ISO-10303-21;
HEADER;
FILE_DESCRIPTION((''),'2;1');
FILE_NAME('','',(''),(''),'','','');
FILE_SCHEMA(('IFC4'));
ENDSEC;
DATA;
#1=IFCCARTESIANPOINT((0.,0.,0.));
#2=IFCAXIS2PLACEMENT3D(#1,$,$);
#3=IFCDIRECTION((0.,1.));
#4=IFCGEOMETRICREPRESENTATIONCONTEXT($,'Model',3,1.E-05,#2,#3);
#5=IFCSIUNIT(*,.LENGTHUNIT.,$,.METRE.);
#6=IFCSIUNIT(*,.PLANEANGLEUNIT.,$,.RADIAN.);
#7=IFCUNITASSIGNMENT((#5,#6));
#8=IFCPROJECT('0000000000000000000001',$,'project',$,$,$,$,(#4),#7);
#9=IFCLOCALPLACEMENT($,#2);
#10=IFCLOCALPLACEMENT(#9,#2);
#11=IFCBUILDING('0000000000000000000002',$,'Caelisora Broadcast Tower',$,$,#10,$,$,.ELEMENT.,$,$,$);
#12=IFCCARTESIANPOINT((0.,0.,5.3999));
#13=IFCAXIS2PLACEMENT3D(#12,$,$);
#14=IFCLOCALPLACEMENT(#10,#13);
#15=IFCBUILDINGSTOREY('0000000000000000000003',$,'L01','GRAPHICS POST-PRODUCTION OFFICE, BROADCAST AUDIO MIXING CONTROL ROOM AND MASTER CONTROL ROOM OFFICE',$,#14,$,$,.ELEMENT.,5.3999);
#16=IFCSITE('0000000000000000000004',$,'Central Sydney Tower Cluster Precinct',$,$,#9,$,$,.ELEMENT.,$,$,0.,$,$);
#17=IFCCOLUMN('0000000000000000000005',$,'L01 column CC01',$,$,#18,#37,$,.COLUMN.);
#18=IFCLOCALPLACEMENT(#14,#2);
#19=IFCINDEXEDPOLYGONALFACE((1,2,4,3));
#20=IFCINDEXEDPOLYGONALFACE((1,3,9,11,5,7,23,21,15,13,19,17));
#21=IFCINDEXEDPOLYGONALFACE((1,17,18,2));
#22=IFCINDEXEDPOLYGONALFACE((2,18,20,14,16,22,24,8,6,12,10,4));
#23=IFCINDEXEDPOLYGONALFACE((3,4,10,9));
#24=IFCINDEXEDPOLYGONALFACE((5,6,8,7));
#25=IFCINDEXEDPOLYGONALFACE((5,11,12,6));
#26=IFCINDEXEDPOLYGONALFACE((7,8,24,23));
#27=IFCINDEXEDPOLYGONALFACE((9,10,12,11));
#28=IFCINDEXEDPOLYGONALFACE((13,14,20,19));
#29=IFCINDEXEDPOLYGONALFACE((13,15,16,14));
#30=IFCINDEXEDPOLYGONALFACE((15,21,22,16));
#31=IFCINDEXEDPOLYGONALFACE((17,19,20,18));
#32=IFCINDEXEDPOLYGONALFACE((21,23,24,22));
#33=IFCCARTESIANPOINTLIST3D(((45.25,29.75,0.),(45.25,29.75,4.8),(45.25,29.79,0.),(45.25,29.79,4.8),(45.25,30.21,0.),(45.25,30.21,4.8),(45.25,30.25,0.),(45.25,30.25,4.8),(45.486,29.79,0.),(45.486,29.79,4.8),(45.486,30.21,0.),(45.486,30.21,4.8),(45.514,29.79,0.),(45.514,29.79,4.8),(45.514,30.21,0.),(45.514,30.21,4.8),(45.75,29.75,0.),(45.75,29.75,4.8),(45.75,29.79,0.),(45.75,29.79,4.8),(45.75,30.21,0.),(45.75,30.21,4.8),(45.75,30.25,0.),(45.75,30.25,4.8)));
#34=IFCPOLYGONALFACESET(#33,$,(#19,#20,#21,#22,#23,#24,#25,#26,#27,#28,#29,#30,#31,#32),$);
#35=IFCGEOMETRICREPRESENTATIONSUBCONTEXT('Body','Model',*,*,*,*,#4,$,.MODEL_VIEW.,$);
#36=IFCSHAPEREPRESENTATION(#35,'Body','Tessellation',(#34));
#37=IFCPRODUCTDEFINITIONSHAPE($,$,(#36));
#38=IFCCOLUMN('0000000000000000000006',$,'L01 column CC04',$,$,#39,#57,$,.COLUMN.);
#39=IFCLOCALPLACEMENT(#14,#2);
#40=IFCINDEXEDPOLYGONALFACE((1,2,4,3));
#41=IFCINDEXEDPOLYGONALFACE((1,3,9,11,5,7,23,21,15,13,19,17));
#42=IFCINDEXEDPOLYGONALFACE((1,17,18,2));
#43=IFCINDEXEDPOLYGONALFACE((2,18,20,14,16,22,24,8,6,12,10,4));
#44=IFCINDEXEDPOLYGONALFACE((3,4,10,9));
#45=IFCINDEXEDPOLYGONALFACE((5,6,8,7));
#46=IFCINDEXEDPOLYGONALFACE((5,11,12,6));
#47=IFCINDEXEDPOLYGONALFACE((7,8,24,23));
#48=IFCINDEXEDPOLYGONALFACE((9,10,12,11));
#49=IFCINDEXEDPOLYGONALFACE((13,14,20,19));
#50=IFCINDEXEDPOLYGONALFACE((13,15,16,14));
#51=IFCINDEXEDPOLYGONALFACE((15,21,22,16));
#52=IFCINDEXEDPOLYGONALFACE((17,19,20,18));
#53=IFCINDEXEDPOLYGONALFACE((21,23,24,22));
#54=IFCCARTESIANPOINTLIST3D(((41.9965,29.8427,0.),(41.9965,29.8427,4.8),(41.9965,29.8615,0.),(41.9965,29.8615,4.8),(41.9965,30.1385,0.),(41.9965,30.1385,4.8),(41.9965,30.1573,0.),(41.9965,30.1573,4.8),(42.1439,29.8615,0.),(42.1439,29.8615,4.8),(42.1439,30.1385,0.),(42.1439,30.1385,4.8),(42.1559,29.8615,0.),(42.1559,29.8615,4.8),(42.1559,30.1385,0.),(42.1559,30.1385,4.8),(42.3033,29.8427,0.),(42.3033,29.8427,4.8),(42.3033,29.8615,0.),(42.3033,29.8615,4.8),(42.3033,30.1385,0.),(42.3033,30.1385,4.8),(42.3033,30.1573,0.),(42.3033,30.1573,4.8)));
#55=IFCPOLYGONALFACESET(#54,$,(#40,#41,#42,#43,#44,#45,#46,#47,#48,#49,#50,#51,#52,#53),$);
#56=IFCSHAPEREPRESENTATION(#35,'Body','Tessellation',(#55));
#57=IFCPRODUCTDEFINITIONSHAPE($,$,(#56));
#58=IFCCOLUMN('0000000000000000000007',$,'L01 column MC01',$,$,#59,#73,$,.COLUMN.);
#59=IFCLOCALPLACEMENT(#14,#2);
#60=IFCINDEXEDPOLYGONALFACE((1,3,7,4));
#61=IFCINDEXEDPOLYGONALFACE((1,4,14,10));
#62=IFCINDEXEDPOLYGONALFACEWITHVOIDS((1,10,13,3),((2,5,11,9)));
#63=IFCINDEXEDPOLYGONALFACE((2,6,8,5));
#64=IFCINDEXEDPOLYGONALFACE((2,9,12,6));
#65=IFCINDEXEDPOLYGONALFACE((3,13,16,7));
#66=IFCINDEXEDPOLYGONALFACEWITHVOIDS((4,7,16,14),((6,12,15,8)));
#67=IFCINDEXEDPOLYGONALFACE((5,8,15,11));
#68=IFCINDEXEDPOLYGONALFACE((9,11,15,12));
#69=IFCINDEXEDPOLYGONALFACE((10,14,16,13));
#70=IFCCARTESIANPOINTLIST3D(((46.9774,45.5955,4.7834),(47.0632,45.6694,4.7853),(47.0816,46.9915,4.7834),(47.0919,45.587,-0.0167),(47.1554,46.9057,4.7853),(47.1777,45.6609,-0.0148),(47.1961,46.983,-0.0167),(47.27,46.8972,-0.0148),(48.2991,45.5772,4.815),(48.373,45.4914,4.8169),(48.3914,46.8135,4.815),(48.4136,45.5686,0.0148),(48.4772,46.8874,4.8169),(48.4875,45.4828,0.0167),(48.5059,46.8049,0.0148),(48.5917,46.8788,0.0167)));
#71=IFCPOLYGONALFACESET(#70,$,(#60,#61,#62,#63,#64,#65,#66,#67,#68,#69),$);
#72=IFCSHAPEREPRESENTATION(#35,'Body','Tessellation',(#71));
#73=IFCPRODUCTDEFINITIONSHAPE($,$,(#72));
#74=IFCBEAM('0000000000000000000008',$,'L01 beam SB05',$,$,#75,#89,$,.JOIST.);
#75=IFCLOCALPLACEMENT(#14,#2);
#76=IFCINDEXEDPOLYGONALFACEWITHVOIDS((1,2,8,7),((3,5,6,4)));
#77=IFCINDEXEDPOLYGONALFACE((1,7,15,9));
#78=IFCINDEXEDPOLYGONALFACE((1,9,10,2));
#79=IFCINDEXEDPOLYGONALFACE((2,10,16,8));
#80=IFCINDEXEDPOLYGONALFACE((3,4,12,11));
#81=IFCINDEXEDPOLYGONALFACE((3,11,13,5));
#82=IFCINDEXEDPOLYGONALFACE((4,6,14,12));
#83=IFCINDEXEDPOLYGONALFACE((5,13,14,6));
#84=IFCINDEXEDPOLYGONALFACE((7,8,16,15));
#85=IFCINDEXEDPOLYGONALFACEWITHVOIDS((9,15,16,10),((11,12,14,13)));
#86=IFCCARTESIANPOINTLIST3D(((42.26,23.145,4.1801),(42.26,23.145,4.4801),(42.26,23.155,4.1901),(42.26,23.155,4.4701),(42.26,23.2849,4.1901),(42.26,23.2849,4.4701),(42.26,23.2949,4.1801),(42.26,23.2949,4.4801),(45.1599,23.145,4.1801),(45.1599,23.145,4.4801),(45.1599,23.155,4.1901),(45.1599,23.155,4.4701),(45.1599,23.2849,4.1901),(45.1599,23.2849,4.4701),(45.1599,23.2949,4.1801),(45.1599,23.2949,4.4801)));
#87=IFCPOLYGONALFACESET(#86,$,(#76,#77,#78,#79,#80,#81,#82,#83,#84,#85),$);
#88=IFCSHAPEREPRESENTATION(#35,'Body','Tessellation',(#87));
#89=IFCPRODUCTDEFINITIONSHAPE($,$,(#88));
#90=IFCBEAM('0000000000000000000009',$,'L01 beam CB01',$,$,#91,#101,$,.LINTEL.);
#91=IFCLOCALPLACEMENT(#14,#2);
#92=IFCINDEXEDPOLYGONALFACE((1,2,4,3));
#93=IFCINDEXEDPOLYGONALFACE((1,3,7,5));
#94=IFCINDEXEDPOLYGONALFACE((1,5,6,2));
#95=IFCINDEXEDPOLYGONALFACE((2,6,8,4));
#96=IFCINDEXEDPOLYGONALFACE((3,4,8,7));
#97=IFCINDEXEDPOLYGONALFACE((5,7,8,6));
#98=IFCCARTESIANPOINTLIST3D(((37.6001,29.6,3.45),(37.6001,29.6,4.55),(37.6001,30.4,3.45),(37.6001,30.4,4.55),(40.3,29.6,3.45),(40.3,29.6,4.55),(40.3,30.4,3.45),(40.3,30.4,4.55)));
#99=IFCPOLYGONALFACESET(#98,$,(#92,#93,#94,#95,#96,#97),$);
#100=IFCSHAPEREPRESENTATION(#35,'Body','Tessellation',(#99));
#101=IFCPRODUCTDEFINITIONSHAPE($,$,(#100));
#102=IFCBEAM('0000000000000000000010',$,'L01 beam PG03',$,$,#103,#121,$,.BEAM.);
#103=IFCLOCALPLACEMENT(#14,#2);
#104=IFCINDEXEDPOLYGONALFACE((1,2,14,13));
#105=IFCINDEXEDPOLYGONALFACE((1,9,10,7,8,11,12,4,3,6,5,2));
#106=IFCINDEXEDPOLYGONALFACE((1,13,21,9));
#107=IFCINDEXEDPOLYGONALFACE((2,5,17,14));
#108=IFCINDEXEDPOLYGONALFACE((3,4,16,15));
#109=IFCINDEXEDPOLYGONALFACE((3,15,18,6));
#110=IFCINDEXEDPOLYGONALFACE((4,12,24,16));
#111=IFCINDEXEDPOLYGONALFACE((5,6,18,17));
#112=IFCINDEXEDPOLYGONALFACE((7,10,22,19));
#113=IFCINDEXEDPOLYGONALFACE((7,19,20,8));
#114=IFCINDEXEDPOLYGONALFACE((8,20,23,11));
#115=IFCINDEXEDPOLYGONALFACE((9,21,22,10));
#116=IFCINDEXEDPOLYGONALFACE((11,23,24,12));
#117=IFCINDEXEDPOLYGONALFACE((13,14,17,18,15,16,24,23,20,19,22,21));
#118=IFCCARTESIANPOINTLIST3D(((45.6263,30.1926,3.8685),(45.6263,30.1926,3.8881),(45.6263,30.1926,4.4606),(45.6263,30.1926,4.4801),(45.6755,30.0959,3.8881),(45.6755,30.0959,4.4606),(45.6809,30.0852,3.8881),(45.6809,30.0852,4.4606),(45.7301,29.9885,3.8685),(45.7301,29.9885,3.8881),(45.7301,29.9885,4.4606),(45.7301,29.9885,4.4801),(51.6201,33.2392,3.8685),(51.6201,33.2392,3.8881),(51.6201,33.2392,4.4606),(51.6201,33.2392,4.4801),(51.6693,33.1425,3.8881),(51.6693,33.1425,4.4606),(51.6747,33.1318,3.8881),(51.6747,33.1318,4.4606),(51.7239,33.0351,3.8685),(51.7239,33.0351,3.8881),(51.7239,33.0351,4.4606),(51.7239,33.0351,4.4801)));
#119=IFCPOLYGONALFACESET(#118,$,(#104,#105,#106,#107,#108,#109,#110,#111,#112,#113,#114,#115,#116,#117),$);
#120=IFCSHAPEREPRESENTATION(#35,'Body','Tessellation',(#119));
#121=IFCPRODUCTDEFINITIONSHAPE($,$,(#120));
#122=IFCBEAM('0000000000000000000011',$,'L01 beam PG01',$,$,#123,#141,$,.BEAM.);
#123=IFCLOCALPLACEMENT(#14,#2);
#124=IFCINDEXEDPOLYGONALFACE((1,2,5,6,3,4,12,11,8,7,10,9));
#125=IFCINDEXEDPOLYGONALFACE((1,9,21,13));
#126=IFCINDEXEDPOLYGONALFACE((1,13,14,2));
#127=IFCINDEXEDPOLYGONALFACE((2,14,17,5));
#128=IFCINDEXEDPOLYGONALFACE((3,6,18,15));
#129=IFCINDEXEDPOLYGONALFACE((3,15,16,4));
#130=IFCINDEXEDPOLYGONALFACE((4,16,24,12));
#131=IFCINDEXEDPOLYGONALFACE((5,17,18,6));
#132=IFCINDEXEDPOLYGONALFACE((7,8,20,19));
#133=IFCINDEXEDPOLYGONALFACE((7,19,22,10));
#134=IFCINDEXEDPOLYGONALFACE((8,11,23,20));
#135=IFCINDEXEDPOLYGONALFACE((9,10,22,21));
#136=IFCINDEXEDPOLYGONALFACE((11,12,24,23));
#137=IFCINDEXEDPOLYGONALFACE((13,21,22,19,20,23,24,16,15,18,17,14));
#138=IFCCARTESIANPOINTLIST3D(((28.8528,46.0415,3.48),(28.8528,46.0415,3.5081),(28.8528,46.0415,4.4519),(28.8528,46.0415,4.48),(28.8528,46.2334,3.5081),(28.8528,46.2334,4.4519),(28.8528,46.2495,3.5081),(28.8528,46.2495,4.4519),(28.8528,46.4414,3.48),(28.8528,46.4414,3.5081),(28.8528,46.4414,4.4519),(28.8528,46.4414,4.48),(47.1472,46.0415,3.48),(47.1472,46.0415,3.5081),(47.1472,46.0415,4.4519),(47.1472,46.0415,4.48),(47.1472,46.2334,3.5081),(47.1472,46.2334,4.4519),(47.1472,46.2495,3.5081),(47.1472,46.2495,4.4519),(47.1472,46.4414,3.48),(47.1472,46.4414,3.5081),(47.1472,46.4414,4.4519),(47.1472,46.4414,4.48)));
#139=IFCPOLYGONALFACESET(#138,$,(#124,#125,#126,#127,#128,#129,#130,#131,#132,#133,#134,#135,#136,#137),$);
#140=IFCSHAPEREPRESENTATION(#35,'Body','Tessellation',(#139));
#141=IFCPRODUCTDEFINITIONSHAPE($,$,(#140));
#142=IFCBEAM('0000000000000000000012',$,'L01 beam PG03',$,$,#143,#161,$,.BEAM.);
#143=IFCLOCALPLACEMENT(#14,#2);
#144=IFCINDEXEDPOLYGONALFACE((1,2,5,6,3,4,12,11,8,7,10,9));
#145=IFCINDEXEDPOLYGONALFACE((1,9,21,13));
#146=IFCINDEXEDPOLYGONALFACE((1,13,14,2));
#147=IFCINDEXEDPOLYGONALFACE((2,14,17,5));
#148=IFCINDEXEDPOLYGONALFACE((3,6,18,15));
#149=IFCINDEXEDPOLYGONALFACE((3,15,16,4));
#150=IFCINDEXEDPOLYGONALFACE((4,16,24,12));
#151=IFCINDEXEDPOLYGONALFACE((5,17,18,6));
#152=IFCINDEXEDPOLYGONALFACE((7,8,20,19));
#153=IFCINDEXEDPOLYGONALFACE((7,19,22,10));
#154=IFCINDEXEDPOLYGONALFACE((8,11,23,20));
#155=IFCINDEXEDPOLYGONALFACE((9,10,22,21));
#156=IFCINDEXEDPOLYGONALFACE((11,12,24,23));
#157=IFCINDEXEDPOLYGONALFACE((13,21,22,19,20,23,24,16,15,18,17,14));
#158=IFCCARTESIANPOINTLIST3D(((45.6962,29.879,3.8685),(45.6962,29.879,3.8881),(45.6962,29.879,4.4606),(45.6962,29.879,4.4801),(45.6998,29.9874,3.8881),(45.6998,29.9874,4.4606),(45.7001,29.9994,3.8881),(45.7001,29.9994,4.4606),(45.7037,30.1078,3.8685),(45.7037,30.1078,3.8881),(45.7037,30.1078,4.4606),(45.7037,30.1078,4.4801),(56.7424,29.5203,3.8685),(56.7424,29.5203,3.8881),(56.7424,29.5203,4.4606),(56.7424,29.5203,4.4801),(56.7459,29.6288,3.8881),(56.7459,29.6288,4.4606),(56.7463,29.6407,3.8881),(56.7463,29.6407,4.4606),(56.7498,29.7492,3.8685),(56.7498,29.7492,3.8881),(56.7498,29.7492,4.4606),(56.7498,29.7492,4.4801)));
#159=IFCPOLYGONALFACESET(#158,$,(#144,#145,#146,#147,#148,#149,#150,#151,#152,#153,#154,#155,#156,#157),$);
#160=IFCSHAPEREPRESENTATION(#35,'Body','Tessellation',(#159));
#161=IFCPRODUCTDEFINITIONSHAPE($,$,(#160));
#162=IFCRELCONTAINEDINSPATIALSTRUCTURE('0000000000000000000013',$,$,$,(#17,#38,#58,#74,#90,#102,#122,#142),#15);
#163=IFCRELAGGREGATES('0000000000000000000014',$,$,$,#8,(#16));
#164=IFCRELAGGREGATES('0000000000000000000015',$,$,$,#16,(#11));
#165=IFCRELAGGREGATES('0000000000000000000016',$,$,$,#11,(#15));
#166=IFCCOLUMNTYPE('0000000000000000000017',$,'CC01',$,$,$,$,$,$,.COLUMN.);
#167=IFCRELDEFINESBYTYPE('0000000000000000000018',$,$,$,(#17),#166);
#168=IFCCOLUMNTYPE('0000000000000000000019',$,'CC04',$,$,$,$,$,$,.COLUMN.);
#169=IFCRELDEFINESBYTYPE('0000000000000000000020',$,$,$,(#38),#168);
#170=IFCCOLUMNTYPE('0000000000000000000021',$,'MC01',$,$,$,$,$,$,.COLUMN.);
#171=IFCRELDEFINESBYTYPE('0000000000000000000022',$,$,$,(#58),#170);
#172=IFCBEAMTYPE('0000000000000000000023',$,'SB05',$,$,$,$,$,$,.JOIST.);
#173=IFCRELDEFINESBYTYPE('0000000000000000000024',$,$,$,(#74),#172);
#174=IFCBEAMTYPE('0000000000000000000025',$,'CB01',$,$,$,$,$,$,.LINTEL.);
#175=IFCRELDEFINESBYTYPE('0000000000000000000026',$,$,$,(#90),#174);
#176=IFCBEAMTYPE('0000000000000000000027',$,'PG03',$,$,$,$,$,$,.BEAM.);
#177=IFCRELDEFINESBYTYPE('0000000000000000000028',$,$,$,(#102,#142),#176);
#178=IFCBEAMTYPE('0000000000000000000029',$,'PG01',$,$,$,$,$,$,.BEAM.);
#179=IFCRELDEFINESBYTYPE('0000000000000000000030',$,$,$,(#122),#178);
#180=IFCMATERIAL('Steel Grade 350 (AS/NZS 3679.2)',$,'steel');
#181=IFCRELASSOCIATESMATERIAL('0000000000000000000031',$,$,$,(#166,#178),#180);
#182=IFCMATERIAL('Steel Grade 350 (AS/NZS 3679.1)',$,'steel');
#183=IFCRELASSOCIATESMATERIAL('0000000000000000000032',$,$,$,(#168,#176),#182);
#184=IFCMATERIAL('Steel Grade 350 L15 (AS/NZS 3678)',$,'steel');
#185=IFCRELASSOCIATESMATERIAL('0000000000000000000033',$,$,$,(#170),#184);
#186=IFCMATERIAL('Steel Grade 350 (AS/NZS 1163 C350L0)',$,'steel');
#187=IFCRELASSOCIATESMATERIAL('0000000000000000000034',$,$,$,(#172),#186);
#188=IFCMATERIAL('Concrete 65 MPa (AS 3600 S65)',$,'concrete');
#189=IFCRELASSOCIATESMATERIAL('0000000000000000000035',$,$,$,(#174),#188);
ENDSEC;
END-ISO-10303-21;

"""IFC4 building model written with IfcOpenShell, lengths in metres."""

from ifc_helpers import new_model, si_unit, direction, frame, origin, origin_2d, place, context, subcontext, project, spatial, rectangle, hollow_rectangle, i_section, extrude, source, transform, mapped, material, material_profile, profile_set, type_object, type_shapes, element, save


model = new_model("IFC4")

# Units and contexts
model_context = context("Model", 3, precision=1e-05, world=origin(), true_north=direction((0.0, 1.0)))
body_context = subcontext(model_context, "Body", "Model", "MODEL_VIEW")
ifc_project = project(units=[si_unit("LENGTHUNIT", "METRE"), si_unit("PLANEANGLEUNIT", "RADIAN")], contexts=[model_context])

# Site, building, storey
site_placement = place(None, origin())
site = spatial("IfcSite", under=ifc_project, at=site_placement, Name="Central Sydney Tower Cluster Precinct", CompositionType="ELEMENT", RefElevation=0.0)
building_placement = place(site_placement, origin())
building = spatial("IfcBuilding", under=site, at=building_placement, Name="Caelisora Broadcast Tower", CompositionType="ELEMENT")
storey_placement = place(building_placement, frame((0.0, 0.0, 5.3999)))
storey = spatial("IfcBuildingStorey", under=building, at=storey_placement, Name="L01", Description="GRAPHICS POST-PRODUCTION OFFICE, BROADCAST AUDIO MIXING CONTROL ROOM AND MASTER CONTROL ROOM OFFICE", CompositionType="ELEMENT", Elevation=5.3999)

# Columns
ifc_material_1 = material(Name="Steel Grade 350 (AS/NZS 3679.2)", Category="steel")
ifc_material_profile_1 = material_profile(ifc_material_1, i_section(OverallWidth=0.5, OverallDepth=0.5, WebThickness=0.0281, FlangeThickness=0.04, at=origin_2d()), Name="Steel Grade 350 (AS/NZS 3679.2)")
ifc_profile_set_1 = profile_set([ifc_material_profile_1], Name="Steel Grade 350 (AS/NZS 3679.2)")
column_type_1 = type_object("IfcColumnType", Name="CC01", PredefinedType="COLUMN", material=ifc_profile_set_1)
shared_shape_1 = source(origin(), body_context, "Body", "SweptSolid", [
    extrude(i_section(OverallWidth=0.5, OverallDepth=0.5, WebThickness=0.0281, FlangeThickness=0.04, at=origin_2d()), origin(), (0.0, 0.0, 1.0), 4.8),
])
type_shapes(column_type_1, [shared_shape_1])
column_1_placement = place(storey_placement, frame((45.5, 30.0, 0.0), z_axis=(0.0, 0.0, 1.0), x_axis=(1.0, 0.0, 0.0)))
element("IfcColumn", 1, at=column_1_placement, inside=storey, type_object=column_type_1, Name="L01 column CC01", PredefinedType="COLUMN", context=body_context, shape_type="MappedRepresentation", body=[
    mapped(shared_shape_1, transform((0.0, 0.0, 0.0), scale=1.0)),
])
ifc_material_2 = material(Name="Steel Grade 350 (AS/NZS 3679.1)", Category="steel")
ifc_material_profile_2 = material_profile(ifc_material_2, i_section(OverallWidth=0.3069, OverallDepth=0.3147, WebThickness=0.012, FlangeThickness=0.0188, at=origin_2d()), Name="Steel Grade 350 (AS/NZS 3679.1)")
ifc_profile_set_2 = profile_set([ifc_material_profile_2], Name="Steel Grade 350 (AS/NZS 3679.1)")
column_type_2 = type_object("IfcColumnType", Name="CC04", PredefinedType="COLUMN", material=ifc_profile_set_2)
shared_shape_2 = source(origin(), body_context, "Body", "SweptSolid", [
    extrude(i_section(OverallWidth=0.3069, OverallDepth=0.3147, WebThickness=0.012, FlangeThickness=0.0188, at=origin_2d()), origin(), (0.0, 0.0, 1.0), 4.8),
])
type_shapes(column_type_2, [shared_shape_2])
column_2_placement = place(storey_placement, frame((42.1499, 30.0, 0.0), z_axis=(0.0, 0.0, 1.0), x_axis=(1.0, 0.0, 0.0)))
element("IfcColumn", 2, at=column_2_placement, inside=storey, type_object=column_type_2, Name="L01 column CC04", PredefinedType="COLUMN", context=body_context, shape_type="MappedRepresentation", body=[
    mapped(shared_shape_2, transform((0.0, 0.0, 0.0), scale=1.0)),
])
ifc_material_3 = material(Name="Steel Grade 350 L15 (AS/NZS 3678)", Category="steel")
ifc_material_profile_3 = material_profile(ifc_material_3, hollow_rectangle(XDim=1.3999, YDim=1.3999, WallThickness=0.0801, at=origin_2d()), Name="Steel Grade 350 L15 (AS/NZS 3678)")
ifc_profile_set_3 = profile_set([ifc_material_profile_3], Name="Steel Grade 350 L15 (AS/NZS 3678)")
column_type_3 = type_object("IfcColumnType", Name="MC01", PredefinedType="COLUMN", material=ifc_profile_set_3)
shared_shape_3 = source(origin(), body_context, "Body", "SweptSolid", [
    extrude(hollow_rectangle(XDim=1.3999, YDim=1.3999, WallThickness=0.0801, at=origin_2d()), origin(), (0.0, 0.0, 1.0), 4.8015),
])
type_shapes(column_type_3, [shared_shape_3])
column_3_placement = place(storey_placement, frame((47.8418, 46.2329, 0.0), z_axis=(-0.023848, 0.00178, 0.999714), x_axis=(-0.07442, -0.997227, 0.0)))
element("IfcColumn", 3, at=column_3_placement, inside=storey, type_object=column_type_3, Name="L01 column MC01", PredefinedType="COLUMN", context=body_context, shape_type="MappedRepresentation", body=[
    mapped(shared_shape_3, transform((0.0, 0.0, 0.0), scale=1.0)),
])

# Beams
ifc_material_4 = material(Name="Steel Grade 350 (AS/NZS 1163 C350L0)", Category="steel")
ifc_material_profile_4 = material_profile(ifc_material_4, hollow_rectangle(XDim=0.1499, YDim=0.3, WallThickness=0.01, at=origin_2d()), Name="Steel Grade 350 (AS/NZS 1163 C350L0)")
ifc_profile_set_4 = profile_set([ifc_material_profile_4], Name="Steel Grade 350 (AS/NZS 1163 C350L0)")
beam_type_1 = type_object("IfcBeamType", Name="SB05", PredefinedType="JOIST", material=ifc_profile_set_4)
shared_shape_4 = source(origin(), body_context, "Body", "SweptSolid", [
    extrude(hollow_rectangle(XDim=0.1499, YDim=0.3, WallThickness=0.01, at=origin_2d()), origin(), (0.0, 0.0, 1.0), 2.8999),
])
type_shapes(beam_type_1, [shared_shape_4])
beam_1_placement = place(storey_placement, frame((42.26, 23.22, 4.3301), z_axis=(1.0, 0.0, 0.0), x_axis=(0.0, 1.0, 0.0)))
element("IfcBeam", 4, at=beam_1_placement, inside=storey, type_object=beam_type_1, Name="L01 beam SB05", PredefinedType="JOIST", context=body_context, shape_type="MappedRepresentation", body=[
    mapped(shared_shape_4, transform((0.0, 0.0, 0.0), scale=1.0)),
])
ifc_material_5 = material(Name="Concrete 65 MPa (AS 3600 S65)", Category="concrete")
ifc_material_profile_5 = material_profile(ifc_material_5, rectangle(XDim=0.8, YDim=1.1001, at=origin_2d()), Name="Concrete 65 MPa (AS 3600 S65)")
ifc_profile_set_5 = profile_set([ifc_material_profile_5], Name="Concrete 65 MPa (AS 3600 S65)")
beam_type_2 = type_object("IfcBeamType", Name="CB01", PredefinedType="LINTEL", material=ifc_profile_set_5)
shared_shape_5 = source(origin(), body_context, "Body", "SweptSolid", [
    extrude(rectangle(XDim=0.8, YDim=1.1001, at=origin_2d()), origin(), (0.0, 0.0, 1.0), 2.7),
])
type_shapes(beam_type_2, [shared_shape_5])
beam_2_placement = place(storey_placement, frame((37.6001, 30.0, 4.0), z_axis=(1.0, 0.0, 0.0), x_axis=(0.0, 1.0, 0.0)))
element("IfcBeam", 5, at=beam_2_placement, inside=storey, type_object=beam_type_2, Name="L01 beam CB01", PredefinedType="LINTEL", context=body_context, shape_type="MappedRepresentation", body=[
    mapped(shared_shape_5, transform((0.0, 0.0, 0.0), scale=1.0)),
])
ifc_material_profile_6 = material_profile(ifc_material_2, i_section(OverallWidth=0.229, OverallDepth=0.6116, WebThickness=0.012, FlangeThickness=0.0195, at=origin_2d()), Name="Steel Grade 350 (AS/NZS 3679.1)")
ifc_profile_set_6 = profile_set([ifc_material_profile_6], Name="Steel Grade 350 (AS/NZS 3679.1)")
beam_type_3 = type_object("IfcBeamType", Name="PG03", PredefinedType="BEAM", material=ifc_profile_set_6)
shared_shape_6 = source(origin(), body_context, "Body", "SweptSolid", [
    extrude(i_section(OverallWidth=0.229, OverallDepth=0.6116, WebThickness=0.012, FlangeThickness=0.0195, at=origin_2d()), origin(), (0.0, 0.0, 1.0), 6.7236),
])
beam_3_placement = place(storey_placement, frame((45.6782, 30.0906, 4.1743), z_axis=(0.891452, 0.453115, 0.0), x_axis=(-0.453115, 0.891452, 0.0)))
element("IfcBeam", 6, at=beam_3_placement, inside=storey, type_object=beam_type_3, Name="L01 beam PG03", PredefinedType="BEAM", context=body_context, shape_type="MappedRepresentation", body=[
    mapped(shared_shape_6, transform((0.0, 0.0, 0.0), scale=1.0)),
])
ifc_material_profile_7 = material_profile(ifc_material_1, i_section(OverallWidth=0.3999, OverallDepth=1.0, WebThickness=0.0161, FlangeThickness=0.0281, at=origin_2d()), Name="Steel Grade 350 (AS/NZS 3679.2)")
ifc_profile_set_7 = profile_set([ifc_material_profile_7], Name="Steel Grade 350 (AS/NZS 3679.2)")
beam_type_4 = type_object("IfcBeamType", Name="PG01", PredefinedType="BEAM", material=ifc_profile_set_7)
shared_shape_7 = source(origin(), body_context, "Body", "SweptSolid", [
    extrude(i_section(OverallWidth=0.3999, OverallDepth=1.0, WebThickness=0.0161, FlangeThickness=0.0281, at=origin_2d()), origin(), (0.0, 0.0, 1.0), 18.2944),
])
type_shapes(beam_type_4, [shared_shape_7])
beam_4_placement = place(storey_placement, frame((47.1472, 46.2415, 3.98), z_axis=(-1.0, 0.0, 0.0), x_axis=(0.0, -1.0, 0.0)))
element("IfcBeam", 7, at=beam_4_placement, inside=storey, type_object=beam_type_4, Name="L01 beam PG01", PredefinedType="BEAM", context=body_context, shape_type="MappedRepresentation", body=[
    mapped(shared_shape_7, transform((0.0, 0.0, 0.0), scale=1.0)),
])
shared_shape_8 = source(origin(), body_context, "Body", "SweptSolid", [
    extrude(i_section(OverallWidth=0.229, OverallDepth=0.6116, WebThickness=0.012, FlangeThickness=0.0195, at=origin_2d()), origin(), (0.0, 0.0, 1.0), 11.052),
])
type_shapes(beam_type_3, [shared_shape_6, shared_shape_8])
beam_5_placement = place(storey_placement, frame((45.7, 29.9934, 4.1743), z_axis=(0.999473, -0.032451, 0.0), x_axis=(0.032451, 0.999473, 0.0)))
element("IfcBeam", 8, at=beam_5_placement, inside=storey, type_object=beam_type_3, Name="L01 beam PG03", PredefinedType="BEAM", context=body_context, shape_type="MappedRepresentation", body=[
    mapped(shared_shape_8, transform((0.0, 0.0, 0.0), scale=1.0)),
])

save(model, "model.ifc")
